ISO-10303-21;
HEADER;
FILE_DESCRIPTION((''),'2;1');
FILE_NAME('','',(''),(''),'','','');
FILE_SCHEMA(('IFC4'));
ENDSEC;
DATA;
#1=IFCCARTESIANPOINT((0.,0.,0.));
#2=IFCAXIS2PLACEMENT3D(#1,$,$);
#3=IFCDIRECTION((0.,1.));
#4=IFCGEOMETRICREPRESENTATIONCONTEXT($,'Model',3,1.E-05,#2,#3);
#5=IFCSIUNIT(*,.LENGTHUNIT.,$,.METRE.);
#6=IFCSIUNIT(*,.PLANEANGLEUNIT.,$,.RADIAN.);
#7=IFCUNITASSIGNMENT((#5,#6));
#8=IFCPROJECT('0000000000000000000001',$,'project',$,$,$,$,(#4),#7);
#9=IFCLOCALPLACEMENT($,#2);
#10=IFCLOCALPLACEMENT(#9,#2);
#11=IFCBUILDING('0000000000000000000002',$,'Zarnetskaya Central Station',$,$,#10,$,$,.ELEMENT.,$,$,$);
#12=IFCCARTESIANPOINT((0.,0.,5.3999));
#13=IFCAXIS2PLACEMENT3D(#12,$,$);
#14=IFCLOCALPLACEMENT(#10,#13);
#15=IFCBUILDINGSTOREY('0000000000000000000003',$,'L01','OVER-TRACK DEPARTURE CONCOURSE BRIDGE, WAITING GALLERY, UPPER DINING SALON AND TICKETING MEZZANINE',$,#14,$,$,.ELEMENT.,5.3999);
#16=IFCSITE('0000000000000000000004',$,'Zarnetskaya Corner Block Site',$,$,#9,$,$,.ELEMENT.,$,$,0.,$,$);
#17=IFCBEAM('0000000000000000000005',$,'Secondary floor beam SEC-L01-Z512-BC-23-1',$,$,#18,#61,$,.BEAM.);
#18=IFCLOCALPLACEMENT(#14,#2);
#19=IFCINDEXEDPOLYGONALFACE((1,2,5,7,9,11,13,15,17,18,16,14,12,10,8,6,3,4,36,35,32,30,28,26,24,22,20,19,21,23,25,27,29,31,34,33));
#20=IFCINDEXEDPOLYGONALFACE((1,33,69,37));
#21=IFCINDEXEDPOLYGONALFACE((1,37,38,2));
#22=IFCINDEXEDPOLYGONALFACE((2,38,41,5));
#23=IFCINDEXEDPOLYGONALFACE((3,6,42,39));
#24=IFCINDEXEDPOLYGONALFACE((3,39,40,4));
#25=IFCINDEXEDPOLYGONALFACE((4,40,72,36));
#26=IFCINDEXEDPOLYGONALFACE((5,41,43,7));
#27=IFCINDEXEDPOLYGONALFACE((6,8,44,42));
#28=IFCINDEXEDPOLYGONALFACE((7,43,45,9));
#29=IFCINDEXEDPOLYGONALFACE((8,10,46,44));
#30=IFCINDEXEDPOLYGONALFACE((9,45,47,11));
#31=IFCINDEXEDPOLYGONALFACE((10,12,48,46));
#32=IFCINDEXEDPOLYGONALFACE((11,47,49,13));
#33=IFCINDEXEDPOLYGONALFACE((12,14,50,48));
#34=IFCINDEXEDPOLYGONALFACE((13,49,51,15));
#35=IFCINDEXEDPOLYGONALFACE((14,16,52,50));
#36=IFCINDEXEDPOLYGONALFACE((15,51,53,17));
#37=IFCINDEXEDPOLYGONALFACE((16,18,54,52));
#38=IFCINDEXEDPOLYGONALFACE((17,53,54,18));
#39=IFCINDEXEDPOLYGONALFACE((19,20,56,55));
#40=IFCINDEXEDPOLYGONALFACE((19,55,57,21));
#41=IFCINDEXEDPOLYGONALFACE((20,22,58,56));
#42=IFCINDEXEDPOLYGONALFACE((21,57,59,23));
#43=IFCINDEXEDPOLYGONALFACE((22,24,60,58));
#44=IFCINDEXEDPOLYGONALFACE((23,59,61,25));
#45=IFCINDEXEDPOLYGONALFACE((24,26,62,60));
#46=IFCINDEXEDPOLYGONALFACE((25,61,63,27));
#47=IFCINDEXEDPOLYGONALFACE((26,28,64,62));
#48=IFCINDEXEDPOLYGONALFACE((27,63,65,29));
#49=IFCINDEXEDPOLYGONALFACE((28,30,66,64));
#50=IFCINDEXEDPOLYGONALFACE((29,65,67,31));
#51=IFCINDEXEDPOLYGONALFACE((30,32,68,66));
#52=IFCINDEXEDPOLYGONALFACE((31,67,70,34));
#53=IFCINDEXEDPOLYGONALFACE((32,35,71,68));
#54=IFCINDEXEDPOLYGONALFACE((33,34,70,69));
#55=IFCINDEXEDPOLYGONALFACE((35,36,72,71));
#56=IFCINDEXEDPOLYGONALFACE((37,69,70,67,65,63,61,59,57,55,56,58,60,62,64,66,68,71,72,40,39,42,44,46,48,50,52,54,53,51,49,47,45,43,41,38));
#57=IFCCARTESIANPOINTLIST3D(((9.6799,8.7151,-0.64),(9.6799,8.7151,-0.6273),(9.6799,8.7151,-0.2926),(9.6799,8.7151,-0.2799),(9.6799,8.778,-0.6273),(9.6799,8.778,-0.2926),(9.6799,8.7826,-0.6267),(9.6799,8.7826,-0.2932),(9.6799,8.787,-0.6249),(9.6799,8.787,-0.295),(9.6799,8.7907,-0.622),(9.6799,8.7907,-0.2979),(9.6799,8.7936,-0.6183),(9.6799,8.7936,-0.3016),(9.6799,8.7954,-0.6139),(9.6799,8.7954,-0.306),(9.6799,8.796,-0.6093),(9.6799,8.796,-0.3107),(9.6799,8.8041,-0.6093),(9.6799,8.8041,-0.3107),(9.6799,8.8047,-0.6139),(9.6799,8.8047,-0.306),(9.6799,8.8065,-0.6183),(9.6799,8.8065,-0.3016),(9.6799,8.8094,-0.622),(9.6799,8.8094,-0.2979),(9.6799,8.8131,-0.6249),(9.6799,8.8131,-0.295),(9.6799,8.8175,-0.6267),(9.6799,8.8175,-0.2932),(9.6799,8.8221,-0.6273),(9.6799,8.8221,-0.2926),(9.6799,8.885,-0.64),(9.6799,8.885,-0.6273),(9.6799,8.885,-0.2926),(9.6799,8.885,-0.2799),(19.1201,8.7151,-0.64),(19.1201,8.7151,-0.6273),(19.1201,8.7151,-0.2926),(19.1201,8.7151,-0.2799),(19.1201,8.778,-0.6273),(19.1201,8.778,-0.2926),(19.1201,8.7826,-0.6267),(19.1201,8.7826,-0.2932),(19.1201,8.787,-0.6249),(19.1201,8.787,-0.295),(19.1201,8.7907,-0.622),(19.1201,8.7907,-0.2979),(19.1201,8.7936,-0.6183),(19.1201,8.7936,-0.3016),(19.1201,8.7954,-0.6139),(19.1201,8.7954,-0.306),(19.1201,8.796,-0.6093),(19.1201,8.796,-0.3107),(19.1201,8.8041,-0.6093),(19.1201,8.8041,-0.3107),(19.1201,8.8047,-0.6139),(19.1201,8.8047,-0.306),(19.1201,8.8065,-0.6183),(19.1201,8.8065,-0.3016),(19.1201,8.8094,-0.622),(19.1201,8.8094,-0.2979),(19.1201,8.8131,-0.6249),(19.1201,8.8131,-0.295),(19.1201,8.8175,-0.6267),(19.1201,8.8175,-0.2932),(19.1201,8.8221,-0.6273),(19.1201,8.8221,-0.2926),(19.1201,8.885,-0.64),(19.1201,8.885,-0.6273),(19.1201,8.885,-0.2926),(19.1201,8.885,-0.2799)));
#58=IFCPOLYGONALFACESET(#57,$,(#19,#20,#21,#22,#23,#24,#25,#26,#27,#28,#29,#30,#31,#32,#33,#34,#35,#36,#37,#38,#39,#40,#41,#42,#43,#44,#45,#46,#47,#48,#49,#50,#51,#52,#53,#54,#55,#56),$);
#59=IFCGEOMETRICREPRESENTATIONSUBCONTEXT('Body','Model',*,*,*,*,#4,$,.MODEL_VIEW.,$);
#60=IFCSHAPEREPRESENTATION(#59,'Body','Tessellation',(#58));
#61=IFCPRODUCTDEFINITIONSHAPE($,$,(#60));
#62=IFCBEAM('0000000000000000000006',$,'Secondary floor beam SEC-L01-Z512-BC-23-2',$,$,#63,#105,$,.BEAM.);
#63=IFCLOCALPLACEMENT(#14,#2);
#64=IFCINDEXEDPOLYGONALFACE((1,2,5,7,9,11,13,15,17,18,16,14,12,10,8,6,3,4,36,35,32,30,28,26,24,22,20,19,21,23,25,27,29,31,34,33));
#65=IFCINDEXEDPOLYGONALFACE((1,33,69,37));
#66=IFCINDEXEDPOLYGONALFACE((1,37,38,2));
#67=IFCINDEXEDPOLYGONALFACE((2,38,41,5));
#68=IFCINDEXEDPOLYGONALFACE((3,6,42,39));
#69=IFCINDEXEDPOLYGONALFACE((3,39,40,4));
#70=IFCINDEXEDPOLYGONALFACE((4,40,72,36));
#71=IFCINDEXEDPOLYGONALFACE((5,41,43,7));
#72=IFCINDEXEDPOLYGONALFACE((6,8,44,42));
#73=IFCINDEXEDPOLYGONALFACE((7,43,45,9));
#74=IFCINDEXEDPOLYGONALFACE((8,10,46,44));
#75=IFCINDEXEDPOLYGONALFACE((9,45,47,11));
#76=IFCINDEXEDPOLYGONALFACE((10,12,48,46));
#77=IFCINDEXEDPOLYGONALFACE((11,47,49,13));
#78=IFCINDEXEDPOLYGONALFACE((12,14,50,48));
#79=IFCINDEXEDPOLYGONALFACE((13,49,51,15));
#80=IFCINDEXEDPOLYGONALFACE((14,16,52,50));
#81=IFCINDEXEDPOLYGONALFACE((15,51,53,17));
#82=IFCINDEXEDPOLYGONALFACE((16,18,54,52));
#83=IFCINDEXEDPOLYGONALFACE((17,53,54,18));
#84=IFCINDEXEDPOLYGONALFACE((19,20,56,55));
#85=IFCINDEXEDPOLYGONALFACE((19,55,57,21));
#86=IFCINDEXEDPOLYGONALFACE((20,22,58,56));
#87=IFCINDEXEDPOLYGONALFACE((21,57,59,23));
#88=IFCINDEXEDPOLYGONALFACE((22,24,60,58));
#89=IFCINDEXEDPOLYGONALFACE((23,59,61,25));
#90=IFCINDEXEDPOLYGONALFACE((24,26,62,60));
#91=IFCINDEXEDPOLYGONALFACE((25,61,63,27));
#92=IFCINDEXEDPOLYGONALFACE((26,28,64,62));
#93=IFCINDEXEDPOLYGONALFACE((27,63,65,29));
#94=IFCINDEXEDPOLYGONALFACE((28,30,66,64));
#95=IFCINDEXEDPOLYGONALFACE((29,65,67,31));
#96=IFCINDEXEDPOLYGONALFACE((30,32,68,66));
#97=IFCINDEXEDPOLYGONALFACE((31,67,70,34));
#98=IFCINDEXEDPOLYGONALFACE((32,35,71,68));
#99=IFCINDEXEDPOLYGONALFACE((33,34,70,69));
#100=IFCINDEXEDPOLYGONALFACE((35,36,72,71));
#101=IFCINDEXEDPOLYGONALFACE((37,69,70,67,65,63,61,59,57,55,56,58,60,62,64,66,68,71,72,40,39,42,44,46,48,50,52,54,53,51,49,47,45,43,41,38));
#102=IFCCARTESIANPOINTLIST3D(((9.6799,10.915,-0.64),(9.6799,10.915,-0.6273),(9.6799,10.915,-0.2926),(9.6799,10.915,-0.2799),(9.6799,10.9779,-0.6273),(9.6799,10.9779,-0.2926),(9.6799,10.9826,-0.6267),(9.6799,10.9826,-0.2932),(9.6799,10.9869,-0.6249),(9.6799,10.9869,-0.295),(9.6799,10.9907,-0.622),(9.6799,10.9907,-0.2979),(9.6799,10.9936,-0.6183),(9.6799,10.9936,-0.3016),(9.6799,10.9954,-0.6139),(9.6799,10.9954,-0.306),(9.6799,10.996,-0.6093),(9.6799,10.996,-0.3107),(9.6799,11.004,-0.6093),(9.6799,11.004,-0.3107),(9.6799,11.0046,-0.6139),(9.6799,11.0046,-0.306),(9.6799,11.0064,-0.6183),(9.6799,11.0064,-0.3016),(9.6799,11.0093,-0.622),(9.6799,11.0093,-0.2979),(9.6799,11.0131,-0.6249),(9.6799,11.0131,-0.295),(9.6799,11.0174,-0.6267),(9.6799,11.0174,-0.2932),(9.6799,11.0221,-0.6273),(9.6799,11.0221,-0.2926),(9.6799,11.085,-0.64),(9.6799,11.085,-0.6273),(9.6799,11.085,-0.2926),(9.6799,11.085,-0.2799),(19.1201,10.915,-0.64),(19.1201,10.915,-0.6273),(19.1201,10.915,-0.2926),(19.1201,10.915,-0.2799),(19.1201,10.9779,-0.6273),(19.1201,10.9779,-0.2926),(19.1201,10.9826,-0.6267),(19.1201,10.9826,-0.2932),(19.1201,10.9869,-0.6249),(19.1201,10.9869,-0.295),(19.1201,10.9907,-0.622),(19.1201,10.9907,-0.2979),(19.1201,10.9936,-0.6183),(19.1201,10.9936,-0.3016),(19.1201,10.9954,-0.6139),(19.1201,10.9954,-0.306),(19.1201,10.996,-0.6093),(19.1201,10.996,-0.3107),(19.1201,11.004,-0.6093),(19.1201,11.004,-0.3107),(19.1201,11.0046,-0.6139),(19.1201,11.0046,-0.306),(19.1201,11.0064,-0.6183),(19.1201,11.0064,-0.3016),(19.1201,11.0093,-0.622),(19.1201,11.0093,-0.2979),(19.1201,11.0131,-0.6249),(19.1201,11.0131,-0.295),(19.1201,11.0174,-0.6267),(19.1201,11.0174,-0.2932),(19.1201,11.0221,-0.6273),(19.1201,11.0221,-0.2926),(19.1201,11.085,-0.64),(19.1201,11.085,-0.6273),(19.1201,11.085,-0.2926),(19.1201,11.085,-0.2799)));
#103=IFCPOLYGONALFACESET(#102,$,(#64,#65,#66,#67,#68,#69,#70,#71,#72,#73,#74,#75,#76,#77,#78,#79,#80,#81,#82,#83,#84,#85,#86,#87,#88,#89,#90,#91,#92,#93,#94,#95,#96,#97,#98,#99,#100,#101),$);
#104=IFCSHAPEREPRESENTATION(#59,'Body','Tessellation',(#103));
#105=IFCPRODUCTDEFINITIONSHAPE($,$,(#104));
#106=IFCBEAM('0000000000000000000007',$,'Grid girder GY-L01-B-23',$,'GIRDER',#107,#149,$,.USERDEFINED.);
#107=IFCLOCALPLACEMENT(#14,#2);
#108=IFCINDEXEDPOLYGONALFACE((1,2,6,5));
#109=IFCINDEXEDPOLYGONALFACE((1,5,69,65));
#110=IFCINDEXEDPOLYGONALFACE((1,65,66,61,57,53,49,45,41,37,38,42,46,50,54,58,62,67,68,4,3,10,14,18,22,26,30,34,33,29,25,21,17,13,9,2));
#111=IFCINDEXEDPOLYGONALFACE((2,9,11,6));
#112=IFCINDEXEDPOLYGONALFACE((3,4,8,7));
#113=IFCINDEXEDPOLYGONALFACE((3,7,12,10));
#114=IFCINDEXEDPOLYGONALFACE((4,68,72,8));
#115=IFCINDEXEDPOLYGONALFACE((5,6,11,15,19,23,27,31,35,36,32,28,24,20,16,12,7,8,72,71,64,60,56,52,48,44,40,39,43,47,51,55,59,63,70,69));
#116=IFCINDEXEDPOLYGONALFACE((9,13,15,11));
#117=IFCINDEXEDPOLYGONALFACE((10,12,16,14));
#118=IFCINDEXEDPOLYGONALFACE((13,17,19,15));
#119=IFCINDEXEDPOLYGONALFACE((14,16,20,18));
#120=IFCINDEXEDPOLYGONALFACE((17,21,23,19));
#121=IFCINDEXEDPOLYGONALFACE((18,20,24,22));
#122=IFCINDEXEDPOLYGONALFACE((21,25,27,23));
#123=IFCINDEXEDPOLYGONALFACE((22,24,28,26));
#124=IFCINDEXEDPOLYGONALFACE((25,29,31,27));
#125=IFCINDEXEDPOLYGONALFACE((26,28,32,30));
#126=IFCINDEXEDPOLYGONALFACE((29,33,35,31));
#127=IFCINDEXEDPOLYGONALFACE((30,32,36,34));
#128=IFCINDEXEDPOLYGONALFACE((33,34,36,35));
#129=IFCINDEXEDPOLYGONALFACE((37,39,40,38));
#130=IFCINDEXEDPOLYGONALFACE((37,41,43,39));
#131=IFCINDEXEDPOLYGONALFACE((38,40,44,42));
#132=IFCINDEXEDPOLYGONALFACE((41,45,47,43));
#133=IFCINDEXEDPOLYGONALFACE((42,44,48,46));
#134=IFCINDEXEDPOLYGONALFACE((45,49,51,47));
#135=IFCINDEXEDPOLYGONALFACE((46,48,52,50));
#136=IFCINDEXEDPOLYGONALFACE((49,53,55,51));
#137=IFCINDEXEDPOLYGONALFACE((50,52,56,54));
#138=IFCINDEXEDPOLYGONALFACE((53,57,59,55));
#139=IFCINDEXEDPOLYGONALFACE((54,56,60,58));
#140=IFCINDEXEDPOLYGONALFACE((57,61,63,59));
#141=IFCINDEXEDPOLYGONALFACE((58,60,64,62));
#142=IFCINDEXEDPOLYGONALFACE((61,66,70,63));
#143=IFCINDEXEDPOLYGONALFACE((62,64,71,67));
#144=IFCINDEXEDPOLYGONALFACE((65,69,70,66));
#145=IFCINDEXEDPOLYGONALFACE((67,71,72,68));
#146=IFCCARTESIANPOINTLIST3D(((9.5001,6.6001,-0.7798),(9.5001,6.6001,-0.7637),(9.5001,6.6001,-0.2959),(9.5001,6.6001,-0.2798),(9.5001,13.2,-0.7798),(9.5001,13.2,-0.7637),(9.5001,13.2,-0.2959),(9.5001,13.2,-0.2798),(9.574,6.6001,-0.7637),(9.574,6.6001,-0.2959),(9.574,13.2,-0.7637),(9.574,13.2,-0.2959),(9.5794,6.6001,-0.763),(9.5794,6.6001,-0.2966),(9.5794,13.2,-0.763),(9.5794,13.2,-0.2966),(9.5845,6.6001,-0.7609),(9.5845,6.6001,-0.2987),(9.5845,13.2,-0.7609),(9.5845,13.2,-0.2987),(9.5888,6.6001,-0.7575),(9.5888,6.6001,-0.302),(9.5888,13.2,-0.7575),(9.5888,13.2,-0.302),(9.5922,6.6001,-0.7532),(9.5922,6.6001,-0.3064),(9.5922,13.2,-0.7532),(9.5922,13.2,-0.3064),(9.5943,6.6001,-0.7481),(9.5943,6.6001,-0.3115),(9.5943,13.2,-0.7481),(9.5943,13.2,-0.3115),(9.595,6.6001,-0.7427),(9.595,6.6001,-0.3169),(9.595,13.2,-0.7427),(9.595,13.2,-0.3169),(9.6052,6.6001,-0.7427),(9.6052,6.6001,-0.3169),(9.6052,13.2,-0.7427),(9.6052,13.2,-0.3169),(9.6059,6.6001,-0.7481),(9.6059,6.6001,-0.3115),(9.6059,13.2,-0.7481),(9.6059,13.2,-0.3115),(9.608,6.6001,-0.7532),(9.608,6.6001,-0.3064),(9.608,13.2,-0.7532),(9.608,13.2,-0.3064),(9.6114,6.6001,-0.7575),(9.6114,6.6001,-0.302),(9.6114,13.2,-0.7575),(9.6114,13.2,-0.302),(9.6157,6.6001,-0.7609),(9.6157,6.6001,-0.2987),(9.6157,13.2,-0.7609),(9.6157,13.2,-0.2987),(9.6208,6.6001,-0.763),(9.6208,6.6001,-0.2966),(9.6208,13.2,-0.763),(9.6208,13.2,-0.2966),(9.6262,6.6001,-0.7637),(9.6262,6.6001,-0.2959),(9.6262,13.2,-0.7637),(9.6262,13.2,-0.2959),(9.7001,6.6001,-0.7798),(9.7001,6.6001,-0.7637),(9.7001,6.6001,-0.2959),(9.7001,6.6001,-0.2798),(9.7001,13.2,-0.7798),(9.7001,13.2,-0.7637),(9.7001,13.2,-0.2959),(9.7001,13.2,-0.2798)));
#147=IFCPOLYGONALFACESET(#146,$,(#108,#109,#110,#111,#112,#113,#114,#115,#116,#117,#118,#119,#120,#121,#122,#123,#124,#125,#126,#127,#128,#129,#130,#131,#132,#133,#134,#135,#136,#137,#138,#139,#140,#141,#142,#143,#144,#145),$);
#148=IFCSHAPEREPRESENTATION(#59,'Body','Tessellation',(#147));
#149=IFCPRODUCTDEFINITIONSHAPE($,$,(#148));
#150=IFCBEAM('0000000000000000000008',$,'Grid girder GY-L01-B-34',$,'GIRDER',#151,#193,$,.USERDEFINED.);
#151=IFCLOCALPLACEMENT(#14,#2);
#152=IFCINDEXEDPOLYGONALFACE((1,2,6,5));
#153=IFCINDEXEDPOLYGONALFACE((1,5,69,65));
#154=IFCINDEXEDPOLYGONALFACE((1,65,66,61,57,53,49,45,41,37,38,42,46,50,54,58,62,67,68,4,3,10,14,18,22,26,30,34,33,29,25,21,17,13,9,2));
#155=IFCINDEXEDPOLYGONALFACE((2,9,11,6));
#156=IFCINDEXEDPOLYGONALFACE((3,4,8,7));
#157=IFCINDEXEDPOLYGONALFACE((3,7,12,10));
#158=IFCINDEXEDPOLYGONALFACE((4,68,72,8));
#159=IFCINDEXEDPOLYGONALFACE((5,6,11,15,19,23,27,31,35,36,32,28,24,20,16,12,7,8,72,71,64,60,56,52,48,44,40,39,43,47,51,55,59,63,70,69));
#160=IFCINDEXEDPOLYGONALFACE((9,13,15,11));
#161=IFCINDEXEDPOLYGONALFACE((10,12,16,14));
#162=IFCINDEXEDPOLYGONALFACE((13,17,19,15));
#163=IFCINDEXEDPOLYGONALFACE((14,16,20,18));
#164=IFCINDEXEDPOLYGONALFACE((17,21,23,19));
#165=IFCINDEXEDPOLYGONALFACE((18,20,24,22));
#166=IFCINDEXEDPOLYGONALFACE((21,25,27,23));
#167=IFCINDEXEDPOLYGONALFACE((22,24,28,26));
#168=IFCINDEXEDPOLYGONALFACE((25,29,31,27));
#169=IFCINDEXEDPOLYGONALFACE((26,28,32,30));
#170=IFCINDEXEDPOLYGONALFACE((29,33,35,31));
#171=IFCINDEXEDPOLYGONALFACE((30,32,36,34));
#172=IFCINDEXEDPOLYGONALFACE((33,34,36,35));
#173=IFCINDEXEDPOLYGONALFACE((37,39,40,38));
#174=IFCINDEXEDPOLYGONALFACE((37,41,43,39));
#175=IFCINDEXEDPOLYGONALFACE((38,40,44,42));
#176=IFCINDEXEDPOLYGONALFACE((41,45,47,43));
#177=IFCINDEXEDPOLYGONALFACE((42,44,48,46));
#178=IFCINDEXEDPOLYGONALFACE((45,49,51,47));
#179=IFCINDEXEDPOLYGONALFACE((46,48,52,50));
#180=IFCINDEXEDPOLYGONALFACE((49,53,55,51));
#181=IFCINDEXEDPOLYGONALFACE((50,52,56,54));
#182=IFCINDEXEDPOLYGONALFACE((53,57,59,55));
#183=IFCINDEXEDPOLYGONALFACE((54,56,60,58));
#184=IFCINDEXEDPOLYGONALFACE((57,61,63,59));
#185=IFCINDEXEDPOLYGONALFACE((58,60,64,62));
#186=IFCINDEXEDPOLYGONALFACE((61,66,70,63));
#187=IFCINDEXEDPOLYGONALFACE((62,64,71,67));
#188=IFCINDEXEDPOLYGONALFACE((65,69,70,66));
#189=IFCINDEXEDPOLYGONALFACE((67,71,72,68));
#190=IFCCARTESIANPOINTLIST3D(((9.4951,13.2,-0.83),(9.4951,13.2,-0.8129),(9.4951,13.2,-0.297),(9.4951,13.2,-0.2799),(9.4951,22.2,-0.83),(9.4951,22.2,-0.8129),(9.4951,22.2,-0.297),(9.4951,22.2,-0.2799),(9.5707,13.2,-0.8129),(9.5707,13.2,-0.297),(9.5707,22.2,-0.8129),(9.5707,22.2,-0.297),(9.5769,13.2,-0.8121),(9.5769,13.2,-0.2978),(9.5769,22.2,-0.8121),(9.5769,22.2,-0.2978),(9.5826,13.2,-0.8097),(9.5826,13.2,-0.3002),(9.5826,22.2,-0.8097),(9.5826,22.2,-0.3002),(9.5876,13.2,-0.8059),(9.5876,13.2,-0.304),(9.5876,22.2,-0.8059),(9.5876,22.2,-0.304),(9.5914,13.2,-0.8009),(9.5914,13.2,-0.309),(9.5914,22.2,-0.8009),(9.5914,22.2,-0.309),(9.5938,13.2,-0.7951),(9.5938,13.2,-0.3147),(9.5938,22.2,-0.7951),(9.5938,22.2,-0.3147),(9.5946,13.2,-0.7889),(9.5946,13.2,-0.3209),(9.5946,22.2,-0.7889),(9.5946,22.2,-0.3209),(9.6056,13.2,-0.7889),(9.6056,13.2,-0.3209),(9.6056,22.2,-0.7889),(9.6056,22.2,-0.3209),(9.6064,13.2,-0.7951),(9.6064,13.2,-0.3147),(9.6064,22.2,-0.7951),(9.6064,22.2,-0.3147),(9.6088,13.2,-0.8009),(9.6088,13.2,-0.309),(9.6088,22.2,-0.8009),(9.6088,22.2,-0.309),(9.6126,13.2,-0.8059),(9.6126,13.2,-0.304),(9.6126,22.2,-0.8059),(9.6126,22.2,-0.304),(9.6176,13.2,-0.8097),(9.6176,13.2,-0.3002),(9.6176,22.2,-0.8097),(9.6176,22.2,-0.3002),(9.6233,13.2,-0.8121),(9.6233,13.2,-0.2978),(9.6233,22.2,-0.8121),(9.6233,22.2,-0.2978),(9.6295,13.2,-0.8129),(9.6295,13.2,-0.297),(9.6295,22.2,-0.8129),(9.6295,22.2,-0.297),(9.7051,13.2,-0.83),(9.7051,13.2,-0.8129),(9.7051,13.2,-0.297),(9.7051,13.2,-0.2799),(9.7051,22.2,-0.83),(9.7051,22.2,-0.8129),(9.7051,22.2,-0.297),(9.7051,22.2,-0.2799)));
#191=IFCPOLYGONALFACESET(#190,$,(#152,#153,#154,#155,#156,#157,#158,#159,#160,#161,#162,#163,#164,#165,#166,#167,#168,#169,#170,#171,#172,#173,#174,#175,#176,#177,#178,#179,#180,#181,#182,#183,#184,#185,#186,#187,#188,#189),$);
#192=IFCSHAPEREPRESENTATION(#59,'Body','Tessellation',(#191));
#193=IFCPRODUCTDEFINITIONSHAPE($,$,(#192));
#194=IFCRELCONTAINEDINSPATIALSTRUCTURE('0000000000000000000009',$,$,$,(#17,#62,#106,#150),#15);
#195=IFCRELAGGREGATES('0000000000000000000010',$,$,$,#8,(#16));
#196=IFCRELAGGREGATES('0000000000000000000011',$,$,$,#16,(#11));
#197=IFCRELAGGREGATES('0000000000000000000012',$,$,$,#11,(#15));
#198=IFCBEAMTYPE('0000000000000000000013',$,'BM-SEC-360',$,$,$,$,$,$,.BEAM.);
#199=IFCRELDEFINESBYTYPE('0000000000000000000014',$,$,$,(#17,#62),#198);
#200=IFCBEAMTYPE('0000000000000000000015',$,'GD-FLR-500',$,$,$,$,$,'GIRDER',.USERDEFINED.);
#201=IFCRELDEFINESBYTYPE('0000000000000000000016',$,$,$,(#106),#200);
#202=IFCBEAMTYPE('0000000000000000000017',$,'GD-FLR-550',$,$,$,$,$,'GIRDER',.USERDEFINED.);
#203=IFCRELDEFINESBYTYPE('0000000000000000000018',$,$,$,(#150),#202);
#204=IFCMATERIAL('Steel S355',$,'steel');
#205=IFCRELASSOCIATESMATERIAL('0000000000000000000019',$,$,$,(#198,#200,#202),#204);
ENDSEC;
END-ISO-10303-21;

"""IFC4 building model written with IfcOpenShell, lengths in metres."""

from ifc_helpers import new_model, si_unit, direction, frame, origin, origin_2d, place, context, subcontext, project, spatial, i_section, extrude, material, material_profile, profile_set, type_object, element, save


model = new_model("IFC4")

# Units and contexts
model_context = context("Model", 3, precision=1e-05, world=origin(), true_north=direction((0.0, 1.0)))
body_context = subcontext(model_context, "Body", "Model", "MODEL_VIEW")
ifc_project = project(units=[si_unit("LENGTHUNIT", "METRE"), si_unit("PLANEANGLEUNIT", "RADIAN")], contexts=[model_context])

# Site, building, storey
site_placement = place(None, origin())
site = spatial("IfcSite", under=ifc_project, at=site_placement, Name="Zarnetskaya Corner Block Site", CompositionType="ELEMENT", RefElevation=0.0)
building_placement = place(site_placement, origin())
building = spatial("IfcBuilding", under=site, at=building_placement, Name="Zarnetskaya Central Station", CompositionType="ELEMENT")
storey_placement = place(building_placement, frame((0.0, 0.0, 5.3999)))
storey = spatial("IfcBuildingStorey", under=building, at=storey_placement, Name="L01", Description="OVER-TRACK DEPARTURE CONCOURSE BRIDGE, WAITING GALLERY, UPPER DINING SALON AND TICKETING MEZZANINE", CompositionType="ELEMENT", Elevation=5.3999)

# Shared definitions
ifc_material_1 = material(Name="Steel S355", Category="steel")

# Beams
ifc_material_profile_1 = material_profile(ifc_material_1, i_section(OverallWidth=0.1699, OverallDepth=0.3601, WebThickness=0.0081, FlangeThickness=0.0127, FilletRadius=0.0181, at=origin_2d()), Name="IPE 360")
ifc_profile_set_1 = profile_set([ifc_material_profile_1], Name="Steel S355")
beam_type_1 = type_object("IfcBeamType", Name="BM-SEC-360", PredefinedType="BEAM", material=ifc_profile_set_1)
for number, where, z_axis, x_axis, name in (
    (1, (9.6799, 8.8, -0.46), (1.0, 0.0, 0.0), (0.0, 1.0, 0.0), "Secondary floor beam SEC-L01-Z512-BC-23-1"),
    (2, (9.6799, 11.0, -0.46), (1.0, 0.0, 0.0), (0.0, 1.0, 0.0), "Secondary floor beam SEC-L01-Z512-BC-23-2"),
):
    element("IfcBeam", number, at=place(storey_placement, frame(where, z_axis=z_axis, x_axis=x_axis)), inside=storey, type_object=beam_type_1, Name=name, PredefinedType="BEAM", context=body_context, shape_type="SweptSolid", body=[
        extrude(i_section(OverallWidth=0.1699, OverallDepth=0.3601, WebThickness=0.0081, FlangeThickness=0.0127, FilletRadius=0.0181, at=origin_2d()), origin(), (0.0, 0.0, 1.0), 9.4402),
    ])
ifc_material_profile_2 = material_profile(ifc_material_1, i_section(OverallWidth=0.2, OverallDepth=0.5, WebThickness=0.0103, FlangeThickness=0.0161, FilletRadius=0.021, at=origin_2d()), Name="IPE 500")
ifc_profile_set_2 = profile_set([ifc_material_profile_2], Name="Steel S355")
beam_type_2 = type_object("IfcBeamType", Name="GD-FLR-500", ElementType="GIRDER", PredefinedType="USERDEFINED", material=ifc_profile_set_2)
beam_1_placement = place(storey_placement, frame((9.6001, 6.6001, -0.5298), z_axis=(0.0, 1.0, 0.0), x_axis=(-1.0, 0.0, 0.0)))
element("IfcBeam", 3, at=beam_1_placement, inside=storey, type_object=beam_type_2, Name="Grid girder GY-L01-B-23", ObjectType="GIRDER", PredefinedType="USERDEFINED", context=body_context, shape_type="SweptSolid", body=[
    extrude(i_section(OverallWidth=0.2, OverallDepth=0.5, WebThickness=0.0103, FlangeThickness=0.0161, FilletRadius=0.021, at=origin_2d()), origin(), (0.0, 0.0, 1.0), 6.5999),
])
ifc_material_profile_3 = material_profile(ifc_material_1, i_section(OverallWidth=0.21, OverallDepth=0.55, WebThickness=0.011, FlangeThickness=0.0171, FilletRadius=0.0239, at=origin_2d()), Name="IPE 550")
ifc_profile_set_3 = profile_set([ifc_material_profile_3], Name="Steel S355")
beam_type_3 = type_object("IfcBeamType", Name="GD-FLR-550", ElementType="GIRDER", PredefinedType="USERDEFINED", material=ifc_profile_set_3)
beam_2_placement = place(storey_placement, frame((9.6001, 13.2, -0.5549), z_axis=(0.0, 1.0, 0.0), x_axis=(-1.0, 0.0, 0.0)))
element("IfcBeam", 4, at=beam_2_placement, inside=storey, type_object=beam_type_3, Name="Grid girder GY-L01-B-34", ObjectType="GIRDER", PredefinedType="USERDEFINED", context=body_context, shape_type="SweptSolid", body=[
    extrude(i_section(OverallWidth=0.21, OverallDepth=0.55, WebThickness=0.011, FlangeThickness=0.0171, FilletRadius=0.0239, at=origin_2d()), origin(), (0.0, 0.0, 1.0), 9.0),
])

save(model, "model.ifc")
